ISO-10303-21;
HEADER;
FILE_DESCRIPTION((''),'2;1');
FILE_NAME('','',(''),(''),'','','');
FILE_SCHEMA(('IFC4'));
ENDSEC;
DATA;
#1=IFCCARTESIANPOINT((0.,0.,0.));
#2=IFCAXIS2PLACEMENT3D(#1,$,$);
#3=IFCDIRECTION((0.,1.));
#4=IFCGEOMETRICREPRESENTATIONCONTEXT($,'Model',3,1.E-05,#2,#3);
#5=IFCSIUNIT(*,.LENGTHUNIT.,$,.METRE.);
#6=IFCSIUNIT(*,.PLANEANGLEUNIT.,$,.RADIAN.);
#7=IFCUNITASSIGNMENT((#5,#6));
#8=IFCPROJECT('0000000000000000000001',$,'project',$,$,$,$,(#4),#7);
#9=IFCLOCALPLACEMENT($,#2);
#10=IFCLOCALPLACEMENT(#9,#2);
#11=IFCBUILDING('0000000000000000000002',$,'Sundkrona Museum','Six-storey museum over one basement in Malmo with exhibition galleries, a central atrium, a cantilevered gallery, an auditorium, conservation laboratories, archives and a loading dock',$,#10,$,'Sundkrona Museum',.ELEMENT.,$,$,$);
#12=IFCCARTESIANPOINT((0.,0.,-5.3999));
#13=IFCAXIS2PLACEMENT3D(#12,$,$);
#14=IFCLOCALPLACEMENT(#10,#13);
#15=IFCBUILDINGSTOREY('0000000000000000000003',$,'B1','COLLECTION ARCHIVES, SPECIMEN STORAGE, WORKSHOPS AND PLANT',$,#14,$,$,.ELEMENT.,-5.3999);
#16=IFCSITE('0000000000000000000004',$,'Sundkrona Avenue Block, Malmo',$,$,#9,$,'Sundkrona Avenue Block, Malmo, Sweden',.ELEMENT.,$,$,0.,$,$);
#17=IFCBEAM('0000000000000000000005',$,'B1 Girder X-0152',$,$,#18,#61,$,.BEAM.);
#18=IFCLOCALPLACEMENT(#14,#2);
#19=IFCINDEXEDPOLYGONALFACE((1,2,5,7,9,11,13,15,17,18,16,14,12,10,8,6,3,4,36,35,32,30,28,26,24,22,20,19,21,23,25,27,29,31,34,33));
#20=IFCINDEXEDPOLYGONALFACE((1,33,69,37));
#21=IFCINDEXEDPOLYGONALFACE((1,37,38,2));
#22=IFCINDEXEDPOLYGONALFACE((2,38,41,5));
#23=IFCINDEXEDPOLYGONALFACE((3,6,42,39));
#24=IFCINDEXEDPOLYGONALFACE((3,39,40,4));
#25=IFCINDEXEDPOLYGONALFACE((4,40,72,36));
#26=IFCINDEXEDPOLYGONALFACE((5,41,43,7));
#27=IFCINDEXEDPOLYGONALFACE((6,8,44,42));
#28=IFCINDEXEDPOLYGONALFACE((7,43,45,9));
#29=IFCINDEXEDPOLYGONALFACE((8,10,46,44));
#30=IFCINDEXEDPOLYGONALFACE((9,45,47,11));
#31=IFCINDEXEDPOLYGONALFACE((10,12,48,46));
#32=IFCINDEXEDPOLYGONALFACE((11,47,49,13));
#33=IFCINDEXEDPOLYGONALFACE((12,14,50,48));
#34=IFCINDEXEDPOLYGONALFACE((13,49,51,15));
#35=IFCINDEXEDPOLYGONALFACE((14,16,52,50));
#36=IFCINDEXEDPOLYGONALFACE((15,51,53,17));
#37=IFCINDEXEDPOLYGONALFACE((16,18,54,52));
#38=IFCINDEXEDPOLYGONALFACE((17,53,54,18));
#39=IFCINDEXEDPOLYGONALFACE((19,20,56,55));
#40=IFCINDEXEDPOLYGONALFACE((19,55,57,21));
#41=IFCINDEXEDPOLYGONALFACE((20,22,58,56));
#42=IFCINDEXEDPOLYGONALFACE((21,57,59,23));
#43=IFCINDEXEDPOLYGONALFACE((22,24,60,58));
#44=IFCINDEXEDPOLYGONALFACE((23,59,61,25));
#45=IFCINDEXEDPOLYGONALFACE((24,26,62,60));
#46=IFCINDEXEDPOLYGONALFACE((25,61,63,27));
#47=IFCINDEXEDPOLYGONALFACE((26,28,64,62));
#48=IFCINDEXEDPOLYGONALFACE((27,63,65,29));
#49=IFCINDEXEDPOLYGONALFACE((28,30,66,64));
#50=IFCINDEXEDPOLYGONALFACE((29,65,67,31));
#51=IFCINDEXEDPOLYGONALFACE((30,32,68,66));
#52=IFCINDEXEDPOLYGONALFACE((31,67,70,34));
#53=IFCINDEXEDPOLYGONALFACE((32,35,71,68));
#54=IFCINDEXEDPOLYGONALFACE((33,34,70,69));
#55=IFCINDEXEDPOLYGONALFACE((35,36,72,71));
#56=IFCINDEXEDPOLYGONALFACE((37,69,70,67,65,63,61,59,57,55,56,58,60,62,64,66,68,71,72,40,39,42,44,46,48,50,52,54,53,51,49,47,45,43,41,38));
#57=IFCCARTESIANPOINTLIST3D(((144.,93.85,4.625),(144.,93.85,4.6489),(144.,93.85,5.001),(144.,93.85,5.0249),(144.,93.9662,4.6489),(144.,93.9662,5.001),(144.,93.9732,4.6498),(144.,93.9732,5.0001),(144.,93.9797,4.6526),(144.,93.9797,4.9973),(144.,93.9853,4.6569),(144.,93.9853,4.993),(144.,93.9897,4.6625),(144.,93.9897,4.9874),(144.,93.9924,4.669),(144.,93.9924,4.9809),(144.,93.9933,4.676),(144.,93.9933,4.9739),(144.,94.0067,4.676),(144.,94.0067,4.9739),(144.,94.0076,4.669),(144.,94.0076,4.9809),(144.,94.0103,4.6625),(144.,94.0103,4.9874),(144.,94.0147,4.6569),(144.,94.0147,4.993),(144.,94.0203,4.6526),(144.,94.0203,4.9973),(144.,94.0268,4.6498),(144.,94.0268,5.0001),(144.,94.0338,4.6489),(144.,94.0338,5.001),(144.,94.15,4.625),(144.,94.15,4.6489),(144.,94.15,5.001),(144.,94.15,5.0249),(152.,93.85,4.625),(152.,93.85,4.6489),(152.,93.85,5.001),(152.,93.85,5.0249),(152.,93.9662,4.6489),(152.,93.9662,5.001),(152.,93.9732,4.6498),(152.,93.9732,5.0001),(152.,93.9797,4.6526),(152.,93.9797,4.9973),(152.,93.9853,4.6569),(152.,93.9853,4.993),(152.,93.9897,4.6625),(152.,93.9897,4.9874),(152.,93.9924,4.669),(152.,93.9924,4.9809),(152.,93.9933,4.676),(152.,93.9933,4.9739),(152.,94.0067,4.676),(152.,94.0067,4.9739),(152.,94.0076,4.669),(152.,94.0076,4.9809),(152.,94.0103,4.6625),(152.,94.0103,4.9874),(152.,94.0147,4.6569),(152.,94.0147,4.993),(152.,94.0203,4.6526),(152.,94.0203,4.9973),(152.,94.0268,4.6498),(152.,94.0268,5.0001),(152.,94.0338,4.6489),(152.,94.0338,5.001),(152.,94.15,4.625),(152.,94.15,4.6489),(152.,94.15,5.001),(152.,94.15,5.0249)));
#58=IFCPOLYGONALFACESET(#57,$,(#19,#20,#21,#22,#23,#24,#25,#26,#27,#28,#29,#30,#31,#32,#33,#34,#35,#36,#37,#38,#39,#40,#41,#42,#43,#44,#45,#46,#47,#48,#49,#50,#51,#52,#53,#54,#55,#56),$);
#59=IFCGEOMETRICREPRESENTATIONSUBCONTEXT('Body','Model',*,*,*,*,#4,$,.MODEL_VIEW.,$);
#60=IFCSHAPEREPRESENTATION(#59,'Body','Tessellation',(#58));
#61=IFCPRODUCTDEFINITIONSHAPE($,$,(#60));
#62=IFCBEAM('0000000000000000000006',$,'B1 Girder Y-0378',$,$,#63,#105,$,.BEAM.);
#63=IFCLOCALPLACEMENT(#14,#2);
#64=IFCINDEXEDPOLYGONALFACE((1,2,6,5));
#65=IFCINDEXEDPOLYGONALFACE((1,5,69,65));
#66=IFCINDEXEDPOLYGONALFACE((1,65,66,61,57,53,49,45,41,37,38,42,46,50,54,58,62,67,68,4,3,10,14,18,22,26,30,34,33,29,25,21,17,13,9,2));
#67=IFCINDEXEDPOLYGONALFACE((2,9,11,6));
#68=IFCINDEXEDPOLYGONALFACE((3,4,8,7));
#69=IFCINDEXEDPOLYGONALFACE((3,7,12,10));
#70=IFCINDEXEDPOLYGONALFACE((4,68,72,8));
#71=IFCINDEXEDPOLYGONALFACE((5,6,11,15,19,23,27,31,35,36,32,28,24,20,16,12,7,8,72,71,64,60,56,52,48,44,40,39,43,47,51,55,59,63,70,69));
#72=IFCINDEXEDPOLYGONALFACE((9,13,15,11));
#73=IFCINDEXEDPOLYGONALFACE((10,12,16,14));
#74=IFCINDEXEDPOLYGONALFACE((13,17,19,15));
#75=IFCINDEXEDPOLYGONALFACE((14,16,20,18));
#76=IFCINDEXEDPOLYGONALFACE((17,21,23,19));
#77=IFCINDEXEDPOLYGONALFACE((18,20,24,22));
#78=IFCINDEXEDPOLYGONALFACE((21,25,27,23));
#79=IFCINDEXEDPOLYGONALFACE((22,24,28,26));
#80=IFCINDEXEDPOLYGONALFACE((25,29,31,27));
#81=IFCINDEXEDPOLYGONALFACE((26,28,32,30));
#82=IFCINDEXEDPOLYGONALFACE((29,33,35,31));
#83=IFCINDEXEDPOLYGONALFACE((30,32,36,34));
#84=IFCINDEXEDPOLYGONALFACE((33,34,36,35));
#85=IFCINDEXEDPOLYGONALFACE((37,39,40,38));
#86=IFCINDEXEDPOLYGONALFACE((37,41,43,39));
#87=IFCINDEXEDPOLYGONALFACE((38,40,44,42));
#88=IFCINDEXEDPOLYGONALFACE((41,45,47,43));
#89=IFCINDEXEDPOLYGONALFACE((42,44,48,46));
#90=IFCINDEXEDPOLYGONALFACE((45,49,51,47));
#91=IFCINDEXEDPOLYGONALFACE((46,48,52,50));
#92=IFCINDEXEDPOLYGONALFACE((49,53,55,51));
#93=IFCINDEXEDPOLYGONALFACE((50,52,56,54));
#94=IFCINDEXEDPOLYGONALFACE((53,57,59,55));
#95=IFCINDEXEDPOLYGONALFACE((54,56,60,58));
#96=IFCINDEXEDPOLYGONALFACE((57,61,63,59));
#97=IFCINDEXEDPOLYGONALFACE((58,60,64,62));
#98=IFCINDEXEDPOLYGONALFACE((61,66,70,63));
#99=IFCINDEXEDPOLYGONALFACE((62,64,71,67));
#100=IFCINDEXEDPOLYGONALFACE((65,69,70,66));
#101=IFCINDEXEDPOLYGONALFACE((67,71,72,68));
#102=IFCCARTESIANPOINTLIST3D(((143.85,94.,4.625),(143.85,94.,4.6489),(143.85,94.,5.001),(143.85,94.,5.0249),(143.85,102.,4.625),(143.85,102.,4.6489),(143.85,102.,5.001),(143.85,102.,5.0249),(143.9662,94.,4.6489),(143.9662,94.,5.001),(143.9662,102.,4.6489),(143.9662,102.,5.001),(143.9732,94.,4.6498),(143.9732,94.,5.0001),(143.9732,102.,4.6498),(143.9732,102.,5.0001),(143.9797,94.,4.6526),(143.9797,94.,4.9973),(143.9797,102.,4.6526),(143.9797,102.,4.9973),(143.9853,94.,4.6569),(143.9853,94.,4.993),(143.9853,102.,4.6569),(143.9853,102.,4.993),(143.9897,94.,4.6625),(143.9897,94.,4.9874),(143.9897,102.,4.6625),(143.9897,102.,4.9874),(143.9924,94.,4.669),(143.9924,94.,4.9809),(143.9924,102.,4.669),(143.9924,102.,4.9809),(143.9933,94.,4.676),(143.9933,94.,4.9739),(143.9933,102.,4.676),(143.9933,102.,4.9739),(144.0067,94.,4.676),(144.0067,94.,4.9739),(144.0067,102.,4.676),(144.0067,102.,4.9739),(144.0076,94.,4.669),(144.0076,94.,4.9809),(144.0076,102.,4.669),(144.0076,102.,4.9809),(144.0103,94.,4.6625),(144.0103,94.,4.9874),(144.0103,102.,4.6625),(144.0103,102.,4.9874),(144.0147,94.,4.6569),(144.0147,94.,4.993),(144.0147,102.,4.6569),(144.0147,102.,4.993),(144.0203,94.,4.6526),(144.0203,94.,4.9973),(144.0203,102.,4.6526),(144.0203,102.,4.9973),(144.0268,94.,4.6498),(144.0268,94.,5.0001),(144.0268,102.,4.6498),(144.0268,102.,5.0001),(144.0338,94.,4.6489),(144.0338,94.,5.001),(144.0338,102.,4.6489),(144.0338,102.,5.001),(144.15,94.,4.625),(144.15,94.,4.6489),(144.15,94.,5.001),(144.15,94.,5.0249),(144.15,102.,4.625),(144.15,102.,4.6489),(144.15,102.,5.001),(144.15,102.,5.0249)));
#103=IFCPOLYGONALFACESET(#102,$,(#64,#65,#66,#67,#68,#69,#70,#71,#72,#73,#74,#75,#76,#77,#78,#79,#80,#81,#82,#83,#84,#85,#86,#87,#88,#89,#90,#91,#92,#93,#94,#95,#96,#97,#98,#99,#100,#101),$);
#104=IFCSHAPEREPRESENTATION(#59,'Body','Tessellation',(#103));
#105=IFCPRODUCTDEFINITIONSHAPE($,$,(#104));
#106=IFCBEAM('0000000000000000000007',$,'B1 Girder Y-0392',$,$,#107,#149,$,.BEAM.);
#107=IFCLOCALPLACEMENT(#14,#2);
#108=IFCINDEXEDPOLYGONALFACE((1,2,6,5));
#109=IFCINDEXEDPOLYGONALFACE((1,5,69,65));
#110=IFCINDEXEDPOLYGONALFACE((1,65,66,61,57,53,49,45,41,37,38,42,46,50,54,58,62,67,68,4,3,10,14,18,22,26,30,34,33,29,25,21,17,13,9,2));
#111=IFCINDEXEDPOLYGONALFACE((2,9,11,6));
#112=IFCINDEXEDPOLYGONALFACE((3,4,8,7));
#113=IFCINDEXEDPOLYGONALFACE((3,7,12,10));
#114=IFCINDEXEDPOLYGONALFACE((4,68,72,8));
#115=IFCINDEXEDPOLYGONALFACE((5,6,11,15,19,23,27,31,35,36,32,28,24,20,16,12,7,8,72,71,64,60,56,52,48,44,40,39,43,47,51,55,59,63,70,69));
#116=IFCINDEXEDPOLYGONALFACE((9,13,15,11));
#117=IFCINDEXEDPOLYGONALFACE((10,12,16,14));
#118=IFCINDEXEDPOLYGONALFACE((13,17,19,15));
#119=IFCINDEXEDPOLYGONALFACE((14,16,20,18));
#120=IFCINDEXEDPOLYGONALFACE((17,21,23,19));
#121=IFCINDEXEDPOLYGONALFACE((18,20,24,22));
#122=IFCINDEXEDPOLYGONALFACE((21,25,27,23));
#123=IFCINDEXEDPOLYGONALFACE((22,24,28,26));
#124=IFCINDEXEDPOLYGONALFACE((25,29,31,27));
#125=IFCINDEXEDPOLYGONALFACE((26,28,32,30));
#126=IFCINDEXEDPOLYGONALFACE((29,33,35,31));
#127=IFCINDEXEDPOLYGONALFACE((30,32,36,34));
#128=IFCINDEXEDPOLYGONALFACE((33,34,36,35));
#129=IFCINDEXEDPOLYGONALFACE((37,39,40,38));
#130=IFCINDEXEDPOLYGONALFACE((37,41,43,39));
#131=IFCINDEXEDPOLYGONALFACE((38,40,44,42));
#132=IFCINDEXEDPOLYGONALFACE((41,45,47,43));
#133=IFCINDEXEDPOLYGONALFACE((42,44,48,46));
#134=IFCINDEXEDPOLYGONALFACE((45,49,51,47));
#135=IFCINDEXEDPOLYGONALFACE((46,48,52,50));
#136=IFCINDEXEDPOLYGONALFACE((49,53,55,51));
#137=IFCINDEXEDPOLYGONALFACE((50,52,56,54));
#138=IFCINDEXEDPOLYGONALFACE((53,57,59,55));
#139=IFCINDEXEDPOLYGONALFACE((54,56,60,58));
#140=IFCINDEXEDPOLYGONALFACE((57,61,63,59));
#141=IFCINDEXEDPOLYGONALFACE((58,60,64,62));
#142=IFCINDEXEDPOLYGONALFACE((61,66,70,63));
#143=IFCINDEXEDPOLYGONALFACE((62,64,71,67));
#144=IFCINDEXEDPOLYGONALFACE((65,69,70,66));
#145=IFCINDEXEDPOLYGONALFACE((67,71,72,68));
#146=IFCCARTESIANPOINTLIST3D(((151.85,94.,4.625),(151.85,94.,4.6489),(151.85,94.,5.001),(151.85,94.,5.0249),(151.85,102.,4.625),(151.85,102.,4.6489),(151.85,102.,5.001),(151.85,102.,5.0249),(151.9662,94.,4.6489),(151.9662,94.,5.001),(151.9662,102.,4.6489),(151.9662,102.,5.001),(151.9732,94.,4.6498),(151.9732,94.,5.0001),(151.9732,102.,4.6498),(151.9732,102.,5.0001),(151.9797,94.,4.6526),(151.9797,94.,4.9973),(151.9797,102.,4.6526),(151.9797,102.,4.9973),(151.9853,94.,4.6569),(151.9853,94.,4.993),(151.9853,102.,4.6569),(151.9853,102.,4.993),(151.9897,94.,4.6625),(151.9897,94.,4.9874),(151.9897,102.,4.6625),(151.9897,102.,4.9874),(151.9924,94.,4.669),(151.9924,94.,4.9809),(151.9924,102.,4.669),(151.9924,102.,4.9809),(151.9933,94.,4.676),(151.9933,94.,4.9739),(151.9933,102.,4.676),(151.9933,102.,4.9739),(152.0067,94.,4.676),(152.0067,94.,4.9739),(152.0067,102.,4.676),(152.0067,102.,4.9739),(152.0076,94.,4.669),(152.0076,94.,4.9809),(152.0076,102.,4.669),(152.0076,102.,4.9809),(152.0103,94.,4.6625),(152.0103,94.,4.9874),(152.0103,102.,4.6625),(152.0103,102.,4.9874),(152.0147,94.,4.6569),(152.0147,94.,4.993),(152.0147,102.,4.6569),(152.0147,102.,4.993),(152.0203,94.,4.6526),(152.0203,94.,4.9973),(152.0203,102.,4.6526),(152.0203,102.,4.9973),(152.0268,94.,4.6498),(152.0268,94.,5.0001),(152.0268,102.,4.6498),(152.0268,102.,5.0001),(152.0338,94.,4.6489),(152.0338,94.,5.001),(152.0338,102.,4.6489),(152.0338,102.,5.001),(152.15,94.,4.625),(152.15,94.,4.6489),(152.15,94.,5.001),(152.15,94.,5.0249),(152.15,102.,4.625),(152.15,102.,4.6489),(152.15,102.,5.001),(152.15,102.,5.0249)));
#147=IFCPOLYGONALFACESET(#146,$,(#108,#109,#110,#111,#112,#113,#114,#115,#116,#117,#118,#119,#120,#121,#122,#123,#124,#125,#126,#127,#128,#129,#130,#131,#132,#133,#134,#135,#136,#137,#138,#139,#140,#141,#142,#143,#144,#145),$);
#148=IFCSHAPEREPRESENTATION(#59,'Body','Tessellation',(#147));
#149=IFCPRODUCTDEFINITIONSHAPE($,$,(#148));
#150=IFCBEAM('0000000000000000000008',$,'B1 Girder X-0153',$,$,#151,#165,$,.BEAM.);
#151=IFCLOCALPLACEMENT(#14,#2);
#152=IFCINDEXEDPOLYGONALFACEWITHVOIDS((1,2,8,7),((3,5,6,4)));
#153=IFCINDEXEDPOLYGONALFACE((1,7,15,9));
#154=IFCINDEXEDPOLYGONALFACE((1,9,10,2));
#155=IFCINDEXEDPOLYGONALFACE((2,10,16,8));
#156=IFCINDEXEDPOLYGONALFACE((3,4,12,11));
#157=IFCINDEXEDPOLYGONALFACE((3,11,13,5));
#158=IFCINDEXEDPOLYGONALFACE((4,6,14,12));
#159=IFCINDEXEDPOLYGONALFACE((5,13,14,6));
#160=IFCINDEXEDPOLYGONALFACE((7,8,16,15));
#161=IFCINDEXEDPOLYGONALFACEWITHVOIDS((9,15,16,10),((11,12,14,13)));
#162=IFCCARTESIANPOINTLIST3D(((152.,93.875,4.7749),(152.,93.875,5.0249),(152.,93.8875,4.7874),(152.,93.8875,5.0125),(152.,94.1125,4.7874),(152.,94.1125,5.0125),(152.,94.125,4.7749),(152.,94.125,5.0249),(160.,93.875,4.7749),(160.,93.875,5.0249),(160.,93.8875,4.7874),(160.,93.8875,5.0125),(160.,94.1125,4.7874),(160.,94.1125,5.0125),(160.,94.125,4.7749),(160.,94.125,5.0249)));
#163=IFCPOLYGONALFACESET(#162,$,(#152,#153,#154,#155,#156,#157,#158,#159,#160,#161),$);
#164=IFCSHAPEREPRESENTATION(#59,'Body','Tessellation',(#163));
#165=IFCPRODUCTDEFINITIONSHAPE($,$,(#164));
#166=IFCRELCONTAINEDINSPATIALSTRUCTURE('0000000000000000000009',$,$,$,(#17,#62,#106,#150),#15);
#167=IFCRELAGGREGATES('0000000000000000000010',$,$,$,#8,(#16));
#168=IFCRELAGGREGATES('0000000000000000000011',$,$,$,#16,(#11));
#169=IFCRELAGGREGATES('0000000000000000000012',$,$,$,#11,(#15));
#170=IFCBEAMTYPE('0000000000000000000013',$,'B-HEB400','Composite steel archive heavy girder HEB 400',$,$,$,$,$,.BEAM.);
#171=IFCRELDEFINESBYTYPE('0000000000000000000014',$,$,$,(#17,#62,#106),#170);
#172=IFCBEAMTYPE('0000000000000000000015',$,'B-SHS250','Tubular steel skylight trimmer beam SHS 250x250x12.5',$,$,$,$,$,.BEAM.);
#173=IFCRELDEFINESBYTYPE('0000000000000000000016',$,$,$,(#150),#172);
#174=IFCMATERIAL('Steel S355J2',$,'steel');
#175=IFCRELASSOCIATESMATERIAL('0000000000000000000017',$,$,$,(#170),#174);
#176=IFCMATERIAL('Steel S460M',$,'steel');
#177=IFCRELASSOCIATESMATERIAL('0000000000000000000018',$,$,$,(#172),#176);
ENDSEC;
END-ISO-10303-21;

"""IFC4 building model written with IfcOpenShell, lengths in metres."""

from ifc_helpers import new_model, si_unit, direction, frame, origin, origin_2d, place, context, subcontext, project, spatial, hollow_rectangle, i_section, extrude, material, material_profile, profile_set, type_object, element, save


model = new_model("IFC4")

# Units and contexts
model_context = context("Model", 3, precision=1e-05, world=origin(), true_north=direction((0.0, 1.0)))
body_context = subcontext(model_context, "Body", "Model", "MODEL_VIEW")
ifc_project = project(units=[si_unit("LENGTHUNIT", "METRE"), si_unit("PLANEANGLEUNIT", "RADIAN")], contexts=[model_context])

# Site, building, storey
site_placement = place(None, origin())
site = spatial("IfcSite", under=ifc_project, at=site_placement, Name="Sundkrona Avenue Block, Malmo", LongName="Sundkrona Avenue Block, Malmo, Sweden", CompositionType="ELEMENT", RefElevation=0.0)
building_placement = place(site_placement, origin())
building = spatial("IfcBuilding", under=site, at=building_placement, Name="Sundkrona Museum", Description="Six-storey museum over one basement in Malmo with exhibition galleries, a central atrium, a cantilevered gallery, an auditorium, conservation laboratories, archives and a loading dock", LongName="Sundkrona Museum", CompositionType="ELEMENT")
storey_placement = place(building_placement, frame((0.0, 0.0, -5.3999)))
storey = spatial("IfcBuildingStorey", under=building, at=storey_placement, Name="B1", Description="COLLECTION ARCHIVES, SPECIMEN STORAGE, WORKSHOPS AND PLANT", CompositionType="ELEMENT", Elevation=-5.3999)

# Beams
ifc_material_1 = material(Name="Steel S355J2", Category="steel")
ifc_material_profile_1 = material_profile(ifc_material_1, i_section(OverallWidth=0.3, OverallDepth=0.3999, WebThickness=0.0134, FlangeThickness=0.0239, FilletRadius=0.0271, at=origin_2d()), Name="HEB 400")
ifc_profile_set_1 = profile_set([ifc_material_profile_1], Name="Steel S355J2")
beam_type_1 = type_object("IfcBeamType", Name="B-HEB400", Description="Composite steel archive heavy girder HEB 400", PredefinedType="BEAM", material=ifc_profile_set_1)
for number, where, z_axis, x_axis, name in (
    (1, (144.0, 94.0, 4.825), (1.0, 0.0, 0.0), (0.0, 1.0, 0.0), "B1 Girder X-0152"),
    (2, (144.0, 94.0, 4.825), (0.0, 1.0, 0.0), (-1.0, 0.0, 0.0), "B1 Girder Y-0378"),
    (3, (152.0, 94.0, 4.825), (0.0, 1.0, 0.0), (-1.0, 0.0, 0.0), "B1 Girder Y-0392"),
):
    element("IfcBeam", number, at=place(storey_placement, frame(where, z_axis=z_axis, x_axis=x_axis)), inside=storey, type_object=beam_type_1, Name=name, PredefinedType="BEAM", context=body_context, shape_type="SweptSolid", body=[
        extrude(i_section(OverallWidth=0.3, OverallDepth=0.3999, WebThickness=0.0134, FlangeThickness=0.0239, FilletRadius=0.0271, at=origin_2d()), origin(), (0.0, 0.0, 1.0), 8.0),
    ])
ifc_material_2 = material(Name="Steel S460M", Category="steel")
ifc_material_profile_2 = material_profile(ifc_material_2, hollow_rectangle(XDim=0.25, YDim=0.25, WallThickness=0.0125, at=origin_2d()), Name="SHS 250x250x12.5")
ifc_profile_set_2 = profile_set([ifc_material_profile_2], Name="Steel S460M")
beam_type_2 = type_object("IfcBeamType", Name="B-SHS250", Description="Tubular steel skylight trimmer beam SHS 250x250x12.5", PredefinedType="BEAM", material=ifc_profile_set_2)
beam_1_placement = place(storey_placement, frame((152.0, 94.0, 4.8999), z_axis=(1.0, 0.0, 0.0), x_axis=(0.0, 1.0, 0.0)))
element("IfcBeam", 4, at=beam_1_placement, inside=storey, type_object=beam_type_2, Name="B1 Girder X-0153", PredefinedType="BEAM", context=body_context, shape_type="SweptSolid", body=[
    extrude(hollow_rectangle(XDim=0.25, YDim=0.25, WallThickness=0.0125, at=origin_2d()), origin(), (0.0, 0.0, 1.0), 8.0),
])

save(model, "model.ifc")
